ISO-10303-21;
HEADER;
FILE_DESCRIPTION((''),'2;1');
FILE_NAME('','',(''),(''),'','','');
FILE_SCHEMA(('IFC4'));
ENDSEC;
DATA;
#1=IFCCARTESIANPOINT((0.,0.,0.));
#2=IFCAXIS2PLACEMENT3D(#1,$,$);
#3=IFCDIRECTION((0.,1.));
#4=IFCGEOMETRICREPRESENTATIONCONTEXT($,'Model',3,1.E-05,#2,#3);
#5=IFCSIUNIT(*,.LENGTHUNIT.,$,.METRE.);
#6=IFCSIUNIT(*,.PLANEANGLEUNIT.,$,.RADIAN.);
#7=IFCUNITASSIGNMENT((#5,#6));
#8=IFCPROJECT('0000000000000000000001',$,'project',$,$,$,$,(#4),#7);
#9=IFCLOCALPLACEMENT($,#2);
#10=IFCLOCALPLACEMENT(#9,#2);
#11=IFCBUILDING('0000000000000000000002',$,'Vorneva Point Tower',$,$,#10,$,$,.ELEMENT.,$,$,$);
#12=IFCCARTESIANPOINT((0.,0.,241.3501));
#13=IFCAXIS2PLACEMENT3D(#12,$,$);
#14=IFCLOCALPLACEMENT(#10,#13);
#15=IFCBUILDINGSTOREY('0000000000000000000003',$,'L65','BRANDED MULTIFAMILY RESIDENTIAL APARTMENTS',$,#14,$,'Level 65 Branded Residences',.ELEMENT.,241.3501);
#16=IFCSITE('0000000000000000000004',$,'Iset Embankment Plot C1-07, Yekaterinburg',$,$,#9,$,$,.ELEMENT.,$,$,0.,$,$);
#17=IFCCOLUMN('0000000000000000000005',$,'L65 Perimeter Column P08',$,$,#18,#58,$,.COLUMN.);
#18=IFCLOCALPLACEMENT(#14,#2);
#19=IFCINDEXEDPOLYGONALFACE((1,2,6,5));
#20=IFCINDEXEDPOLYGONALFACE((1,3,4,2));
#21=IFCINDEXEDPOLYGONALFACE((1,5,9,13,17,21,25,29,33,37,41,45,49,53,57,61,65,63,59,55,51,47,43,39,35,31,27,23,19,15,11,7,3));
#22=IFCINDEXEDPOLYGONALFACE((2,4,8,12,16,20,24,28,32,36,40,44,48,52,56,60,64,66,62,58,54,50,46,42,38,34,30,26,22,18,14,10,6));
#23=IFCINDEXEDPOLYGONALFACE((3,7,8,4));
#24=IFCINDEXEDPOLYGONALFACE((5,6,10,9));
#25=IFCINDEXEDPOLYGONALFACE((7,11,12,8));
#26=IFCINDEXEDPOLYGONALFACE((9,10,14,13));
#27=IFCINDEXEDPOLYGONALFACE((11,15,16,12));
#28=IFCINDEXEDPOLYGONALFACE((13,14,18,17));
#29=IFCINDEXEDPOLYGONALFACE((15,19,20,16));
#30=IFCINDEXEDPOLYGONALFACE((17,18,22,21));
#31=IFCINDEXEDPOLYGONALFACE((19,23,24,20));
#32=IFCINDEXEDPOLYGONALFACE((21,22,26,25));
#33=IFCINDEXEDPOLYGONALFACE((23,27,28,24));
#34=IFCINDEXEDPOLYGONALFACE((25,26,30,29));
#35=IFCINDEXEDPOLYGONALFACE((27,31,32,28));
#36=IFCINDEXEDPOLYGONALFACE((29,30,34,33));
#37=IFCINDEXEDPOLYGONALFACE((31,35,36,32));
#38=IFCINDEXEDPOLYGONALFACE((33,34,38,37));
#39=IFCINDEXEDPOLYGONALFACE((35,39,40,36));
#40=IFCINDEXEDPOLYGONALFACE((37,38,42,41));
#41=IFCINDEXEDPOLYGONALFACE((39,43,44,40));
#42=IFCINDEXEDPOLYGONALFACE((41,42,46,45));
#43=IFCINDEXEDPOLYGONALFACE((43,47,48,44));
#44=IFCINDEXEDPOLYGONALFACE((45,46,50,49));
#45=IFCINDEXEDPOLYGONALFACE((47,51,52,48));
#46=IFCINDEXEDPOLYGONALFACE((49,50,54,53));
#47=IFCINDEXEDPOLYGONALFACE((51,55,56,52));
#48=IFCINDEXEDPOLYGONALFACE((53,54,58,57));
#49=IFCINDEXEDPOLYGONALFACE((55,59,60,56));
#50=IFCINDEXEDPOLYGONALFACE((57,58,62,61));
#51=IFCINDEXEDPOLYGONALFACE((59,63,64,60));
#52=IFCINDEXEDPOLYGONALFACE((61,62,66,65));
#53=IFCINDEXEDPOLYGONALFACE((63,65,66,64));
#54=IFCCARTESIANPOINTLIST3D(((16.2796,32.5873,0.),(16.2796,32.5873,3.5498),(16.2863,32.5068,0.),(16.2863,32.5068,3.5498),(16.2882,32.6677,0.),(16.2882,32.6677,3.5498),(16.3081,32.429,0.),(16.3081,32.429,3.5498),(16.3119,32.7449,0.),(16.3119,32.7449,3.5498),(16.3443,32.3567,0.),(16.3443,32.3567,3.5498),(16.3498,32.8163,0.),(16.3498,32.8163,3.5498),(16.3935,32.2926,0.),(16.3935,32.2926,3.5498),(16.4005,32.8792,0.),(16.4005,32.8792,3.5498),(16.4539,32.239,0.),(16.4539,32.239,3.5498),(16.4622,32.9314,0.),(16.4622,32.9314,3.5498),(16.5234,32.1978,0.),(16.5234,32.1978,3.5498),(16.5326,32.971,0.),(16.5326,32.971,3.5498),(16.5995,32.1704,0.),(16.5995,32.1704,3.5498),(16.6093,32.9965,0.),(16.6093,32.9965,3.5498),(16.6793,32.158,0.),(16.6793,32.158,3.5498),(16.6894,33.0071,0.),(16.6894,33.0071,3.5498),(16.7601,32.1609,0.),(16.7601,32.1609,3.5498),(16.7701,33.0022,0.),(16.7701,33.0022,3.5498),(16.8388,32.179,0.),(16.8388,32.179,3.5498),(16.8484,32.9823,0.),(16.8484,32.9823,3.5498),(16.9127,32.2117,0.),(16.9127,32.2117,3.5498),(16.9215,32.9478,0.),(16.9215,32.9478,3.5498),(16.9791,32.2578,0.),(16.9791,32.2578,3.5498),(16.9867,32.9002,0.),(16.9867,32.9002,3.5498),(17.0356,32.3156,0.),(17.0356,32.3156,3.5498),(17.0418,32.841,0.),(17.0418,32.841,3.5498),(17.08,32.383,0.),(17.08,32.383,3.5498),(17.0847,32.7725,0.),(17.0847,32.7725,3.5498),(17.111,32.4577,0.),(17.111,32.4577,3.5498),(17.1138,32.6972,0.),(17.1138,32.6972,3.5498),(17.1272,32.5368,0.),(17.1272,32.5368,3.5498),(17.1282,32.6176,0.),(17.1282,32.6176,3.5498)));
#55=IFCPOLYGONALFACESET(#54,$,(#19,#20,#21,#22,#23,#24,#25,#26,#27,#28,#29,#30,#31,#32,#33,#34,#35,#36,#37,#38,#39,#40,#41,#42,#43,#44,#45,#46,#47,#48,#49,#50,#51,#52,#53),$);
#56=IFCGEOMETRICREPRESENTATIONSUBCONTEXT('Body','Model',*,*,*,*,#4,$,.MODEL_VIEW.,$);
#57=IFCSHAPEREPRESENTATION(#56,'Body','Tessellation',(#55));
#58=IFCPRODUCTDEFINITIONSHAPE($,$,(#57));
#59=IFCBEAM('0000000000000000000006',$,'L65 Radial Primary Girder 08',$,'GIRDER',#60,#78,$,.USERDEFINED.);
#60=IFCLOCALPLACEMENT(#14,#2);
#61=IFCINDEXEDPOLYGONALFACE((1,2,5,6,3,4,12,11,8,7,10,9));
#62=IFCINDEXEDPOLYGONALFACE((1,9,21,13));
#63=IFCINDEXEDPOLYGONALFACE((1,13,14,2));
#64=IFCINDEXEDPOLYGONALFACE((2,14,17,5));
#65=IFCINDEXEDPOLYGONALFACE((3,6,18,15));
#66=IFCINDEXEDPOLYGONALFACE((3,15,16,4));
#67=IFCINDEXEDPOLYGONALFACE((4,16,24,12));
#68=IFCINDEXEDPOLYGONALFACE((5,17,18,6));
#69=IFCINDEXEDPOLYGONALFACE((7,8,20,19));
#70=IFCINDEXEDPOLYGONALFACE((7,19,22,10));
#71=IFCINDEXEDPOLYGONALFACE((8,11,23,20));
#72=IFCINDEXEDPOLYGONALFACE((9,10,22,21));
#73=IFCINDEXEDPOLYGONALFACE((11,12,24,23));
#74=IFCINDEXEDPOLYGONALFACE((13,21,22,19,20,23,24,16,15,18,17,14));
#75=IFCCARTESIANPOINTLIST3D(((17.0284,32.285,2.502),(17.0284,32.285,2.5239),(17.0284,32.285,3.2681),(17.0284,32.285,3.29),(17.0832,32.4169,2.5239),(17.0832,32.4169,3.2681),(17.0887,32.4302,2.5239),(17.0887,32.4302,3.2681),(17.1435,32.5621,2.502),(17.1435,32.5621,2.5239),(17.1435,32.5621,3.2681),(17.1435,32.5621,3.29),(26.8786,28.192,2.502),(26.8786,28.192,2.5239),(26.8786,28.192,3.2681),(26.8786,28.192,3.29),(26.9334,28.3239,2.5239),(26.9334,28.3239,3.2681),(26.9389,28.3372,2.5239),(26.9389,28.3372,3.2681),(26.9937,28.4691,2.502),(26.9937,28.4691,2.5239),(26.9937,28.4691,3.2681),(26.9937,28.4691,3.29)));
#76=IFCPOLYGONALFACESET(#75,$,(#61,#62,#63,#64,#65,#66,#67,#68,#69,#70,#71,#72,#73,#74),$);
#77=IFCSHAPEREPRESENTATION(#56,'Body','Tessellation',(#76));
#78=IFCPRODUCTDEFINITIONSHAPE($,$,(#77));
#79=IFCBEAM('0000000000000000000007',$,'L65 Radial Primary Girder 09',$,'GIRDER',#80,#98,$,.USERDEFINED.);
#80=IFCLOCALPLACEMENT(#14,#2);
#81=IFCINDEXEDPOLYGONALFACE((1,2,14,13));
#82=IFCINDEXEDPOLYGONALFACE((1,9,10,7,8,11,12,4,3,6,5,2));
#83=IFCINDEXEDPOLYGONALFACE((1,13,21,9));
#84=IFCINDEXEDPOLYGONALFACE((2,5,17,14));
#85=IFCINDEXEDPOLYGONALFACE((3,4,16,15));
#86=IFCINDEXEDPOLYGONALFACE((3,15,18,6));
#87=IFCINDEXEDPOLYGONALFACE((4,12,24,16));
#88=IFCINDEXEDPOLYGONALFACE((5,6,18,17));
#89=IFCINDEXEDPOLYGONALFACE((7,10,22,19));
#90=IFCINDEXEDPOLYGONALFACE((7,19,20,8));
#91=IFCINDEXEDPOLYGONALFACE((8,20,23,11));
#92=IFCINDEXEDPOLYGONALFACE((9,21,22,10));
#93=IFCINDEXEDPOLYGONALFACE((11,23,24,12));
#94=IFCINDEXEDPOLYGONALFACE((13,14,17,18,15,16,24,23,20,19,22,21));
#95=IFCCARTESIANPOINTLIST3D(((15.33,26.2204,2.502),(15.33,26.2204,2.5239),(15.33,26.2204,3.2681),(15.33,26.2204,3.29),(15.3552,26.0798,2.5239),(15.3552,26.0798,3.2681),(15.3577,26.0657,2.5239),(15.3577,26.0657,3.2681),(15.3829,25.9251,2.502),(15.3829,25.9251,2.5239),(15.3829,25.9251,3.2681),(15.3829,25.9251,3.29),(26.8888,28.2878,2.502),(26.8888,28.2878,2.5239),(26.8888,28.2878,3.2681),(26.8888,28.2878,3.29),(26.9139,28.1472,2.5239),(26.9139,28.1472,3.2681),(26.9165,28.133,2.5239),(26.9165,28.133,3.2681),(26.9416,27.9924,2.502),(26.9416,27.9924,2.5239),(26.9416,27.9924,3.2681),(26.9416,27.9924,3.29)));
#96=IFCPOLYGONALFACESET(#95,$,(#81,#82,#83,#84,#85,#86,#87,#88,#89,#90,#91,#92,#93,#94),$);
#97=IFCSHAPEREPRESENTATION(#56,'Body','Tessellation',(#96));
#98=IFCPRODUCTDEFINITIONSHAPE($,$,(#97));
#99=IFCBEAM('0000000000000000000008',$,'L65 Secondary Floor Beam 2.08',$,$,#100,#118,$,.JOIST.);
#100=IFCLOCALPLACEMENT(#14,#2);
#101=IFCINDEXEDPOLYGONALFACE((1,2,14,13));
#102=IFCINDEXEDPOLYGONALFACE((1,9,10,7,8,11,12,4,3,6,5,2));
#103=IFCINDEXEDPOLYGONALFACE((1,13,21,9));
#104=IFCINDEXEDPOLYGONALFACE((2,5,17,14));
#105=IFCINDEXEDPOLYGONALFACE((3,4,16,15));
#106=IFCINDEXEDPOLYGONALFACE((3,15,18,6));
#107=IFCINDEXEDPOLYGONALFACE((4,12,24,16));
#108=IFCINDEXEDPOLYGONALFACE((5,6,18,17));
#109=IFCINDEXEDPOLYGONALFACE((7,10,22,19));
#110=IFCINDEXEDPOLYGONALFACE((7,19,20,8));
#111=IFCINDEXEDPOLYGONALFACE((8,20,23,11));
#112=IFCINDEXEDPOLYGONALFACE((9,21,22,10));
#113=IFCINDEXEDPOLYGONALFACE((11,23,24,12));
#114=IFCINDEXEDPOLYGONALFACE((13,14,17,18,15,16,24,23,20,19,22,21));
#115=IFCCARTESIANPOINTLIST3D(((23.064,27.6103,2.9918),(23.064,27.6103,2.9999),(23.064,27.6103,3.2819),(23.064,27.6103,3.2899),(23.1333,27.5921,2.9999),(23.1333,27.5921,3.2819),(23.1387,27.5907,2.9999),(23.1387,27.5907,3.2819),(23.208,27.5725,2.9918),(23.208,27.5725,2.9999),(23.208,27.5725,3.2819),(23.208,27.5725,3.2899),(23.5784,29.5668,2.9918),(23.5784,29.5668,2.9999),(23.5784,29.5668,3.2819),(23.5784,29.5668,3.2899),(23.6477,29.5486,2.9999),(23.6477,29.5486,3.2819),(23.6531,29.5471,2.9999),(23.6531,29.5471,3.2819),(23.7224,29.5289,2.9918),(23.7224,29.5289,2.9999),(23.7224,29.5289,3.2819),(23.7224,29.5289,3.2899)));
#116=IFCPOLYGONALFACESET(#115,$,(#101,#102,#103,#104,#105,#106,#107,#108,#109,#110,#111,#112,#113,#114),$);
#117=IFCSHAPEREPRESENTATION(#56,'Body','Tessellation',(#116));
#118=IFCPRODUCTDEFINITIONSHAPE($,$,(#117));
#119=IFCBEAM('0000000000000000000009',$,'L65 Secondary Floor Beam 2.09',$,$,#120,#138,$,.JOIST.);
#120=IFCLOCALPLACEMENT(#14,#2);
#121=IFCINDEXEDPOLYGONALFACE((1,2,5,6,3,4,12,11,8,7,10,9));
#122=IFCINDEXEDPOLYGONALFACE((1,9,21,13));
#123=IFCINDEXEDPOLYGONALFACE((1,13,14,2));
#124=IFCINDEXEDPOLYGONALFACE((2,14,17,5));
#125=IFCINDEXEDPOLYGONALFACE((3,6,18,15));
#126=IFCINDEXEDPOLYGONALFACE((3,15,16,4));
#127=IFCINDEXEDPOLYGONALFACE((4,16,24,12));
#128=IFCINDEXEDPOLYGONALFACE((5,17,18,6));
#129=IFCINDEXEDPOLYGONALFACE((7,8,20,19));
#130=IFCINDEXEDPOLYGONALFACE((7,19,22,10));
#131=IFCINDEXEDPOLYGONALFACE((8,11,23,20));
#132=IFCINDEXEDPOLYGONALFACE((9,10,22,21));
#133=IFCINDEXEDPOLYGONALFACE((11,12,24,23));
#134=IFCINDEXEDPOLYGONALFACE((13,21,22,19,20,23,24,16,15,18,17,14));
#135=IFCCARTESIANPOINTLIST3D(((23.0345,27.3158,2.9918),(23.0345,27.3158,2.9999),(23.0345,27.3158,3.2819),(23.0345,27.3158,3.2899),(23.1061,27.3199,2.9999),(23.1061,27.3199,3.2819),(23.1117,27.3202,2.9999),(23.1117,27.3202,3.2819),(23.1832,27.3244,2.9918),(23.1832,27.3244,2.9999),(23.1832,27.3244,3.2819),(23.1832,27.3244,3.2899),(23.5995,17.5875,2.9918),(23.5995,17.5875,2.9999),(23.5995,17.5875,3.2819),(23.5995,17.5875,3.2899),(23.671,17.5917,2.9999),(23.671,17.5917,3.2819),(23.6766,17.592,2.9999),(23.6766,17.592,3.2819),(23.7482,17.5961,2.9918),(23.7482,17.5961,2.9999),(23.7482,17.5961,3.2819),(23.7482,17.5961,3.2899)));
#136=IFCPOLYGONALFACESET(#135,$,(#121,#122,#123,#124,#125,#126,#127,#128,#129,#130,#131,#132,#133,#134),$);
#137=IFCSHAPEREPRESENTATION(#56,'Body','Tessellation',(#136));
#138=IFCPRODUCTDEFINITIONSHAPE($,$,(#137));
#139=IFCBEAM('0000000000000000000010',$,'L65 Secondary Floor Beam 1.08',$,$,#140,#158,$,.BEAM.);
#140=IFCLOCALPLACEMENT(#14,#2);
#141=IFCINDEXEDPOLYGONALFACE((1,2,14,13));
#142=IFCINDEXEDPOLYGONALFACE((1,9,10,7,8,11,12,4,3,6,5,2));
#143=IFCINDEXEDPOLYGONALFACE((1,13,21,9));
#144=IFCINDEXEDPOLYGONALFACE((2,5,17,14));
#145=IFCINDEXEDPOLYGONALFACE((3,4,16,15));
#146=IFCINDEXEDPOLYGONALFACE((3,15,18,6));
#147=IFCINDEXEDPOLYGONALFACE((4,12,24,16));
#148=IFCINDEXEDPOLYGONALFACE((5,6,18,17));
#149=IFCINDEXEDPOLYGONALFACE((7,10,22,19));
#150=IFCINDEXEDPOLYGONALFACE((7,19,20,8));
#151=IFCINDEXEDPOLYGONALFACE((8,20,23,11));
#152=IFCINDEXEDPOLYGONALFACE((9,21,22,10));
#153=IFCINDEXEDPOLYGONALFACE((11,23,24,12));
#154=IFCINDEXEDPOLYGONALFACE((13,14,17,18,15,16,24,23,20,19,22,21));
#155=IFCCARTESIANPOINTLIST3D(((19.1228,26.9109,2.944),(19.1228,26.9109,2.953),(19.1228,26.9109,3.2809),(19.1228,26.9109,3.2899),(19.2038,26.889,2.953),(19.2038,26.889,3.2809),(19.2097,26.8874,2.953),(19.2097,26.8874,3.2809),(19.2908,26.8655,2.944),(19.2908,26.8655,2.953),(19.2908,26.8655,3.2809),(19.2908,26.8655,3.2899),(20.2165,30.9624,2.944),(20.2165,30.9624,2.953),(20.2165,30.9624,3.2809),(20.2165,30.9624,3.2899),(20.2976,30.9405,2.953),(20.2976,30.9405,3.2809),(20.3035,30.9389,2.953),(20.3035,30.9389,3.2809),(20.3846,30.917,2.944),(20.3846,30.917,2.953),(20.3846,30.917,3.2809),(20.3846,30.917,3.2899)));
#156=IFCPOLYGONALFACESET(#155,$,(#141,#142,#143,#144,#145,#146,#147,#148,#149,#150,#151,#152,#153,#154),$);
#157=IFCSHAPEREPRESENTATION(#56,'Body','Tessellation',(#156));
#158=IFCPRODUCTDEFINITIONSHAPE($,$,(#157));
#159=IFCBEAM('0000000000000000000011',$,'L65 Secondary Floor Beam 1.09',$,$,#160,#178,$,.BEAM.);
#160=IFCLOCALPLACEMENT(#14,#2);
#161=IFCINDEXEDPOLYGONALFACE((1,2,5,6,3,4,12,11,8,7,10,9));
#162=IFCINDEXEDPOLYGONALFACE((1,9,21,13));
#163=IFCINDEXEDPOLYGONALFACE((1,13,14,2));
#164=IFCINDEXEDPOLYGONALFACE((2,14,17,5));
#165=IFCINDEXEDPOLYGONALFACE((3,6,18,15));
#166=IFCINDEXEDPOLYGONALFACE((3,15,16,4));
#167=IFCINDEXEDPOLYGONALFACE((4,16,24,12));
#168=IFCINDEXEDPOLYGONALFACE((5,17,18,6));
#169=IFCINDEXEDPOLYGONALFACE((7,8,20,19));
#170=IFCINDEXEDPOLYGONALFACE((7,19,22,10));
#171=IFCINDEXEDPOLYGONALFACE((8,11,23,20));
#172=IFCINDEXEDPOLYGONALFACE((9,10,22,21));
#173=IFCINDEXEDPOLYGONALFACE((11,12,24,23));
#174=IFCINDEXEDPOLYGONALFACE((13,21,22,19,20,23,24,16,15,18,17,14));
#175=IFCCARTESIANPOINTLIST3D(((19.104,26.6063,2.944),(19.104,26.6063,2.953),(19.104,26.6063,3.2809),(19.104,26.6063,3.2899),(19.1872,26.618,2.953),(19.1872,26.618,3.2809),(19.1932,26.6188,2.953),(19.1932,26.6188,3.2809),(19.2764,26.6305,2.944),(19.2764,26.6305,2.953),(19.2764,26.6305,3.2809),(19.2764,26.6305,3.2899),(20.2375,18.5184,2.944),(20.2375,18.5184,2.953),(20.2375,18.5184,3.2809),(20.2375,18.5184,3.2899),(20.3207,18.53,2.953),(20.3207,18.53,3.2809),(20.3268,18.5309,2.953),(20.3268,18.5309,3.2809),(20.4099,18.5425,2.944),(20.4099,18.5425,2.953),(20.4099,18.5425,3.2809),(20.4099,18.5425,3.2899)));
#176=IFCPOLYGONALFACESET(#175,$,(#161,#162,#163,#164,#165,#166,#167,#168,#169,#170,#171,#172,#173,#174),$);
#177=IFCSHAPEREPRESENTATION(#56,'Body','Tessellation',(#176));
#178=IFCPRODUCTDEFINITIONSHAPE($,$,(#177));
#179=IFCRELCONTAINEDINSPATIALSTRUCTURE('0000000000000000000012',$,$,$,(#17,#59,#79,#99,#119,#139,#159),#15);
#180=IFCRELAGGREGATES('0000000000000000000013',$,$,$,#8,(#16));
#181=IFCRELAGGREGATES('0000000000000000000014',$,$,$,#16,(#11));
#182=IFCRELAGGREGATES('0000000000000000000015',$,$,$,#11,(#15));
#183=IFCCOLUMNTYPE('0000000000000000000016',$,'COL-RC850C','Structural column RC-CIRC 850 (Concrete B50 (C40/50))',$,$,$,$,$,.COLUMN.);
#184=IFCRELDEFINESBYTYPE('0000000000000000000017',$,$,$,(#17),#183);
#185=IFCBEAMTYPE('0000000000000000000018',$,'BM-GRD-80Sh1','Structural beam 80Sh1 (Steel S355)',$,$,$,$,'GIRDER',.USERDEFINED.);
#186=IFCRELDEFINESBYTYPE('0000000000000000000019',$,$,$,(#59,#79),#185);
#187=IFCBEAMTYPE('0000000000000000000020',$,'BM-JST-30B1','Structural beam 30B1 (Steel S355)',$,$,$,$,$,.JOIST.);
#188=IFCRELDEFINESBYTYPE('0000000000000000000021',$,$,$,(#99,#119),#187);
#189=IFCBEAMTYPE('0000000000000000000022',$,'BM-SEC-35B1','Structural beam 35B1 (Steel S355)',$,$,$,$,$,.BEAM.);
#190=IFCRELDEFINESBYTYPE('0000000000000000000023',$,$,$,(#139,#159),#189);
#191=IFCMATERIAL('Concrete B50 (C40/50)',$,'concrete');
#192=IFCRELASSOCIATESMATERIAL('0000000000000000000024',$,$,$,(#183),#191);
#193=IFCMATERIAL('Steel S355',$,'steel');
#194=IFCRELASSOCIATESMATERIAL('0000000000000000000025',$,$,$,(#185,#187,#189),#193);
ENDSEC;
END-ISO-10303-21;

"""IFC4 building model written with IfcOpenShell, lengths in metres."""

from ifc_helpers import new_model, si_unit, direction, frame, origin, origin_2d, place, context, subcontext, project, spatial, circle, i_section, extrude, material, material_profile, profile_set, type_object, element, save


model = new_model("IFC4")

# Units and contexts
model_context = context("Model", 3, precision=1e-05, world=origin(), true_north=direction((0.0, 1.0)))
body_context = subcontext(model_context, "Body", "Model", "MODEL_VIEW")
ifc_project = project(units=[si_unit("LENGTHUNIT", "METRE"), si_unit("PLANEANGLEUNIT", "RADIAN")], contexts=[model_context])

# Site, building, storey
site_placement = place(None, origin())
site = spatial("IfcSite", under=ifc_project, at=site_placement, Name="Iset Embankment Plot C1-07, Yekaterinburg", CompositionType="ELEMENT", RefElevation=0.0)
building_placement = place(site_placement, origin())
building = spatial("IfcBuilding", under=site, at=building_placement, Name="Vorneva Point Tower", CompositionType="ELEMENT")
storey_placement = place(building_placement, frame((0.0, 0.0, 241.3501)))
storey = spatial("IfcBuildingStorey", under=building, at=storey_placement, Name="L65", Description="BRANDED MULTIFAMILY RESIDENTIAL APARTMENTS", LongName="Level 65 Branded Residences", CompositionType="ELEMENT", Elevation=241.3501)

# Column
ifc_material_1 = material(Name="Concrete B50 (C40/50)", Category="concrete")
ifc_material_profile_1 = material_profile(ifc_material_1, circle(Radius=0.425, at=origin_2d()), Name="RC-CIRC 850")
ifc_profile_set_1 = profile_set([ifc_material_profile_1], Name="Concrete B50 (C40/50)")
column_type = type_object("IfcColumnType", Name="COL-RC850C", Description="Structural column RC-CIRC 850 (Concrete B50 (C40/50))", PredefinedType="COLUMN", material=ifc_profile_set_1)
column_placement = place(storey_placement, frame((16.7046, 32.5823, 0.0), z_axis=(0.0, 0.0, 1.0), x_axis=(-0.92388, 0.382683, 0.0)))
element("IfcColumn", 1, at=column_placement, inside=storey, type_object=column_type, Name="L65 Perimeter Column P08", PredefinedType="COLUMN", context=body_context, shape_type="SweptSolid", body=[
    extrude(circle(Radius=0.425, at=origin_2d()), origin(), (0.0, 0.0, 1.0), 3.5498),
])

# Beams
ifc_material_2 = material(Name="Steel S355", Category="steel")
ifc_material_profile_2 = material_profile(ifc_material_2, i_section(OverallWidth=0.3, OverallDepth=0.7881, WebThickness=0.0144, FlangeThickness=0.022, at=origin_2d()), Name="80Sh1")
ifc_profile_set_2 = profile_set([ifc_material_profile_2], Name="Steel S355")
beam_type_1 = type_object("IfcBeamType", Name="BM-GRD-80Sh1", Description="Structural beam 80Sh1 (Steel S355)", ElementType="GIRDER", PredefinedType="USERDEFINED", material=ifc_profile_set_2)
beam_1_placement = place(storey_placement, frame((17.0859, 32.4236, 2.896), z_axis=(0.923449, -0.383721, 0.0), x_axis=(0.383721, 0.923449, 0.0)))
element("IfcBeam", 2, at=beam_1_placement, inside=storey, type_object=beam_type_1, Name="L65 Radial Primary Girder 08", ObjectType="GIRDER", PredefinedType="USERDEFINED", context=body_context, shape_type="SweptSolid", body=[
    extrude(i_section(OverallWidth=0.3, OverallDepth=0.7881, WebThickness=0.0144, FlangeThickness=0.022, at=origin_2d()), origin(), (0.0, 0.0, 1.0), 10.6667),
])
beam_2_placement = place(storey_placement, frame((15.3564, 26.0728, 2.896), z_axis=(0.984379, 0.176063, 0.0), x_axis=(-0.176063, 0.984379, 0.0)))
element("IfcBeam", 3, at=beam_2_placement, inside=storey, type_object=beam_type_1, Name="L65 Radial Primary Girder 09", ObjectType="GIRDER", PredefinedType="USERDEFINED", context=body_context, shape_type="SweptSolid", body=[
    extrude(i_section(OverallWidth=0.3, OverallDepth=0.7881, WebThickness=0.0144, FlangeThickness=0.022, at=origin_2d()), origin(), (0.0, 0.0, 1.0), 11.7422),
])
ifc_material_profile_3 = material_profile(ifc_material_2, i_section(OverallWidth=0.1489, OverallDepth=0.2981, WebThickness=0.0056, FlangeThickness=0.0081, at=origin_2d()), Name="30B1")
ifc_profile_set_3 = profile_set([ifc_material_profile_3], Name="Steel S355")
beam_type_2 = type_object("IfcBeamType", Name="BM-JST-30B1", Description="Structural beam 30B1 (Steel S355)", PredefinedType="JOIST", material=ifc_profile_set_3)
beam_3_placement = place(storey_placement, frame((23.6504, 29.5479, 3.1409), z_axis=(-0.254274, -0.967132, 0.0), x_axis=(0.967132, -0.254274, 0.0)))
element("IfcBeam", 4, at=beam_3_placement, inside=storey, type_object=beam_type_2, Name="L65 Secondary Floor Beam 2.08", PredefinedType="JOIST", context=body_context, shape_type="SweptSolid", body=[
    extrude(i_section(OverallWidth=0.1489, OverallDepth=0.2981, WebThickness=0.0056, FlangeThickness=0.0081, at=origin_2d()), origin(), (0.0, 0.0, 1.0), 2.0229),
])
beam_4_placement = place(storey_placement, frame((23.1089, 27.3201, 3.1409), z_axis=(0.057974, -0.998318, 0.0), x_axis=(0.998318, 0.057974, 0.0)))
element("IfcBeam", 5, at=beam_4_placement, inside=storey, type_object=beam_type_2, Name="L65 Secondary Floor Beam 2.09", PredefinedType="JOIST", context=body_context, shape_type="SweptSolid", body=[
    extrude(i_section(OverallWidth=0.1489, OverallDepth=0.2981, WebThickness=0.0056, FlangeThickness=0.0081, at=origin_2d()), origin(), (0.0, 0.0, 1.0), 9.7446),
])
ifc_material_profile_4 = material_profile(ifc_material_2, i_section(OverallWidth=0.1741, OverallDepth=0.3459, WebThickness=0.0061, FlangeThickness=0.009, at=origin_2d()), Name="35B1")
ifc_profile_set_4 = profile_set([ifc_material_profile_4], Name="Steel S355")
beam_type_3 = type_object("IfcBeamType", Name="BM-SEC-35B1", Description="Structural beam 35B1 (Steel S355)", PredefinedType="BEAM", material=ifc_profile_set_4)
beam_5_placement = place(storey_placement, frame((20.3005, 30.9397, 3.1169), z_axis=(-0.260631, -0.965439, 0.0), x_axis=(0.965439, -0.260631, 0.0)))
element("IfcBeam", 6, at=beam_5_placement, inside=storey, type_object=beam_type_3, Name="L65 Secondary Floor Beam 1.08", PredefinedType="BEAM", context=body_context, shape_type="SweptSolid", body=[
    extrude(i_section(OverallWidth=0.1741, OverallDepth=0.3459, WebThickness=0.0061, FlangeThickness=0.009, at=origin_2d()), origin(), (0.0, 0.0, 1.0), 4.1965),
])
beam_6_placement = place(storey_placement, frame((19.1902, 26.6184, 3.1169), z_axis=(0.138797, -0.990321, 0.0), x_axis=(0.990321, 0.138797, 0.0)))
element("IfcBeam", 7, at=beam_6_placement, inside=storey, type_object=beam_type_3, Name="L65 Secondary Floor Beam 1.09", PredefinedType="BEAM", context=body_context, shape_type="SweptSolid", body=[
    extrude(i_section(OverallWidth=0.1741, OverallDepth=0.3459, WebThickness=0.0061, FlangeThickness=0.009, at=origin_2d()), origin(), (0.0, 0.0, 1.0), 8.167),
])

save(model, "model.ifc")
